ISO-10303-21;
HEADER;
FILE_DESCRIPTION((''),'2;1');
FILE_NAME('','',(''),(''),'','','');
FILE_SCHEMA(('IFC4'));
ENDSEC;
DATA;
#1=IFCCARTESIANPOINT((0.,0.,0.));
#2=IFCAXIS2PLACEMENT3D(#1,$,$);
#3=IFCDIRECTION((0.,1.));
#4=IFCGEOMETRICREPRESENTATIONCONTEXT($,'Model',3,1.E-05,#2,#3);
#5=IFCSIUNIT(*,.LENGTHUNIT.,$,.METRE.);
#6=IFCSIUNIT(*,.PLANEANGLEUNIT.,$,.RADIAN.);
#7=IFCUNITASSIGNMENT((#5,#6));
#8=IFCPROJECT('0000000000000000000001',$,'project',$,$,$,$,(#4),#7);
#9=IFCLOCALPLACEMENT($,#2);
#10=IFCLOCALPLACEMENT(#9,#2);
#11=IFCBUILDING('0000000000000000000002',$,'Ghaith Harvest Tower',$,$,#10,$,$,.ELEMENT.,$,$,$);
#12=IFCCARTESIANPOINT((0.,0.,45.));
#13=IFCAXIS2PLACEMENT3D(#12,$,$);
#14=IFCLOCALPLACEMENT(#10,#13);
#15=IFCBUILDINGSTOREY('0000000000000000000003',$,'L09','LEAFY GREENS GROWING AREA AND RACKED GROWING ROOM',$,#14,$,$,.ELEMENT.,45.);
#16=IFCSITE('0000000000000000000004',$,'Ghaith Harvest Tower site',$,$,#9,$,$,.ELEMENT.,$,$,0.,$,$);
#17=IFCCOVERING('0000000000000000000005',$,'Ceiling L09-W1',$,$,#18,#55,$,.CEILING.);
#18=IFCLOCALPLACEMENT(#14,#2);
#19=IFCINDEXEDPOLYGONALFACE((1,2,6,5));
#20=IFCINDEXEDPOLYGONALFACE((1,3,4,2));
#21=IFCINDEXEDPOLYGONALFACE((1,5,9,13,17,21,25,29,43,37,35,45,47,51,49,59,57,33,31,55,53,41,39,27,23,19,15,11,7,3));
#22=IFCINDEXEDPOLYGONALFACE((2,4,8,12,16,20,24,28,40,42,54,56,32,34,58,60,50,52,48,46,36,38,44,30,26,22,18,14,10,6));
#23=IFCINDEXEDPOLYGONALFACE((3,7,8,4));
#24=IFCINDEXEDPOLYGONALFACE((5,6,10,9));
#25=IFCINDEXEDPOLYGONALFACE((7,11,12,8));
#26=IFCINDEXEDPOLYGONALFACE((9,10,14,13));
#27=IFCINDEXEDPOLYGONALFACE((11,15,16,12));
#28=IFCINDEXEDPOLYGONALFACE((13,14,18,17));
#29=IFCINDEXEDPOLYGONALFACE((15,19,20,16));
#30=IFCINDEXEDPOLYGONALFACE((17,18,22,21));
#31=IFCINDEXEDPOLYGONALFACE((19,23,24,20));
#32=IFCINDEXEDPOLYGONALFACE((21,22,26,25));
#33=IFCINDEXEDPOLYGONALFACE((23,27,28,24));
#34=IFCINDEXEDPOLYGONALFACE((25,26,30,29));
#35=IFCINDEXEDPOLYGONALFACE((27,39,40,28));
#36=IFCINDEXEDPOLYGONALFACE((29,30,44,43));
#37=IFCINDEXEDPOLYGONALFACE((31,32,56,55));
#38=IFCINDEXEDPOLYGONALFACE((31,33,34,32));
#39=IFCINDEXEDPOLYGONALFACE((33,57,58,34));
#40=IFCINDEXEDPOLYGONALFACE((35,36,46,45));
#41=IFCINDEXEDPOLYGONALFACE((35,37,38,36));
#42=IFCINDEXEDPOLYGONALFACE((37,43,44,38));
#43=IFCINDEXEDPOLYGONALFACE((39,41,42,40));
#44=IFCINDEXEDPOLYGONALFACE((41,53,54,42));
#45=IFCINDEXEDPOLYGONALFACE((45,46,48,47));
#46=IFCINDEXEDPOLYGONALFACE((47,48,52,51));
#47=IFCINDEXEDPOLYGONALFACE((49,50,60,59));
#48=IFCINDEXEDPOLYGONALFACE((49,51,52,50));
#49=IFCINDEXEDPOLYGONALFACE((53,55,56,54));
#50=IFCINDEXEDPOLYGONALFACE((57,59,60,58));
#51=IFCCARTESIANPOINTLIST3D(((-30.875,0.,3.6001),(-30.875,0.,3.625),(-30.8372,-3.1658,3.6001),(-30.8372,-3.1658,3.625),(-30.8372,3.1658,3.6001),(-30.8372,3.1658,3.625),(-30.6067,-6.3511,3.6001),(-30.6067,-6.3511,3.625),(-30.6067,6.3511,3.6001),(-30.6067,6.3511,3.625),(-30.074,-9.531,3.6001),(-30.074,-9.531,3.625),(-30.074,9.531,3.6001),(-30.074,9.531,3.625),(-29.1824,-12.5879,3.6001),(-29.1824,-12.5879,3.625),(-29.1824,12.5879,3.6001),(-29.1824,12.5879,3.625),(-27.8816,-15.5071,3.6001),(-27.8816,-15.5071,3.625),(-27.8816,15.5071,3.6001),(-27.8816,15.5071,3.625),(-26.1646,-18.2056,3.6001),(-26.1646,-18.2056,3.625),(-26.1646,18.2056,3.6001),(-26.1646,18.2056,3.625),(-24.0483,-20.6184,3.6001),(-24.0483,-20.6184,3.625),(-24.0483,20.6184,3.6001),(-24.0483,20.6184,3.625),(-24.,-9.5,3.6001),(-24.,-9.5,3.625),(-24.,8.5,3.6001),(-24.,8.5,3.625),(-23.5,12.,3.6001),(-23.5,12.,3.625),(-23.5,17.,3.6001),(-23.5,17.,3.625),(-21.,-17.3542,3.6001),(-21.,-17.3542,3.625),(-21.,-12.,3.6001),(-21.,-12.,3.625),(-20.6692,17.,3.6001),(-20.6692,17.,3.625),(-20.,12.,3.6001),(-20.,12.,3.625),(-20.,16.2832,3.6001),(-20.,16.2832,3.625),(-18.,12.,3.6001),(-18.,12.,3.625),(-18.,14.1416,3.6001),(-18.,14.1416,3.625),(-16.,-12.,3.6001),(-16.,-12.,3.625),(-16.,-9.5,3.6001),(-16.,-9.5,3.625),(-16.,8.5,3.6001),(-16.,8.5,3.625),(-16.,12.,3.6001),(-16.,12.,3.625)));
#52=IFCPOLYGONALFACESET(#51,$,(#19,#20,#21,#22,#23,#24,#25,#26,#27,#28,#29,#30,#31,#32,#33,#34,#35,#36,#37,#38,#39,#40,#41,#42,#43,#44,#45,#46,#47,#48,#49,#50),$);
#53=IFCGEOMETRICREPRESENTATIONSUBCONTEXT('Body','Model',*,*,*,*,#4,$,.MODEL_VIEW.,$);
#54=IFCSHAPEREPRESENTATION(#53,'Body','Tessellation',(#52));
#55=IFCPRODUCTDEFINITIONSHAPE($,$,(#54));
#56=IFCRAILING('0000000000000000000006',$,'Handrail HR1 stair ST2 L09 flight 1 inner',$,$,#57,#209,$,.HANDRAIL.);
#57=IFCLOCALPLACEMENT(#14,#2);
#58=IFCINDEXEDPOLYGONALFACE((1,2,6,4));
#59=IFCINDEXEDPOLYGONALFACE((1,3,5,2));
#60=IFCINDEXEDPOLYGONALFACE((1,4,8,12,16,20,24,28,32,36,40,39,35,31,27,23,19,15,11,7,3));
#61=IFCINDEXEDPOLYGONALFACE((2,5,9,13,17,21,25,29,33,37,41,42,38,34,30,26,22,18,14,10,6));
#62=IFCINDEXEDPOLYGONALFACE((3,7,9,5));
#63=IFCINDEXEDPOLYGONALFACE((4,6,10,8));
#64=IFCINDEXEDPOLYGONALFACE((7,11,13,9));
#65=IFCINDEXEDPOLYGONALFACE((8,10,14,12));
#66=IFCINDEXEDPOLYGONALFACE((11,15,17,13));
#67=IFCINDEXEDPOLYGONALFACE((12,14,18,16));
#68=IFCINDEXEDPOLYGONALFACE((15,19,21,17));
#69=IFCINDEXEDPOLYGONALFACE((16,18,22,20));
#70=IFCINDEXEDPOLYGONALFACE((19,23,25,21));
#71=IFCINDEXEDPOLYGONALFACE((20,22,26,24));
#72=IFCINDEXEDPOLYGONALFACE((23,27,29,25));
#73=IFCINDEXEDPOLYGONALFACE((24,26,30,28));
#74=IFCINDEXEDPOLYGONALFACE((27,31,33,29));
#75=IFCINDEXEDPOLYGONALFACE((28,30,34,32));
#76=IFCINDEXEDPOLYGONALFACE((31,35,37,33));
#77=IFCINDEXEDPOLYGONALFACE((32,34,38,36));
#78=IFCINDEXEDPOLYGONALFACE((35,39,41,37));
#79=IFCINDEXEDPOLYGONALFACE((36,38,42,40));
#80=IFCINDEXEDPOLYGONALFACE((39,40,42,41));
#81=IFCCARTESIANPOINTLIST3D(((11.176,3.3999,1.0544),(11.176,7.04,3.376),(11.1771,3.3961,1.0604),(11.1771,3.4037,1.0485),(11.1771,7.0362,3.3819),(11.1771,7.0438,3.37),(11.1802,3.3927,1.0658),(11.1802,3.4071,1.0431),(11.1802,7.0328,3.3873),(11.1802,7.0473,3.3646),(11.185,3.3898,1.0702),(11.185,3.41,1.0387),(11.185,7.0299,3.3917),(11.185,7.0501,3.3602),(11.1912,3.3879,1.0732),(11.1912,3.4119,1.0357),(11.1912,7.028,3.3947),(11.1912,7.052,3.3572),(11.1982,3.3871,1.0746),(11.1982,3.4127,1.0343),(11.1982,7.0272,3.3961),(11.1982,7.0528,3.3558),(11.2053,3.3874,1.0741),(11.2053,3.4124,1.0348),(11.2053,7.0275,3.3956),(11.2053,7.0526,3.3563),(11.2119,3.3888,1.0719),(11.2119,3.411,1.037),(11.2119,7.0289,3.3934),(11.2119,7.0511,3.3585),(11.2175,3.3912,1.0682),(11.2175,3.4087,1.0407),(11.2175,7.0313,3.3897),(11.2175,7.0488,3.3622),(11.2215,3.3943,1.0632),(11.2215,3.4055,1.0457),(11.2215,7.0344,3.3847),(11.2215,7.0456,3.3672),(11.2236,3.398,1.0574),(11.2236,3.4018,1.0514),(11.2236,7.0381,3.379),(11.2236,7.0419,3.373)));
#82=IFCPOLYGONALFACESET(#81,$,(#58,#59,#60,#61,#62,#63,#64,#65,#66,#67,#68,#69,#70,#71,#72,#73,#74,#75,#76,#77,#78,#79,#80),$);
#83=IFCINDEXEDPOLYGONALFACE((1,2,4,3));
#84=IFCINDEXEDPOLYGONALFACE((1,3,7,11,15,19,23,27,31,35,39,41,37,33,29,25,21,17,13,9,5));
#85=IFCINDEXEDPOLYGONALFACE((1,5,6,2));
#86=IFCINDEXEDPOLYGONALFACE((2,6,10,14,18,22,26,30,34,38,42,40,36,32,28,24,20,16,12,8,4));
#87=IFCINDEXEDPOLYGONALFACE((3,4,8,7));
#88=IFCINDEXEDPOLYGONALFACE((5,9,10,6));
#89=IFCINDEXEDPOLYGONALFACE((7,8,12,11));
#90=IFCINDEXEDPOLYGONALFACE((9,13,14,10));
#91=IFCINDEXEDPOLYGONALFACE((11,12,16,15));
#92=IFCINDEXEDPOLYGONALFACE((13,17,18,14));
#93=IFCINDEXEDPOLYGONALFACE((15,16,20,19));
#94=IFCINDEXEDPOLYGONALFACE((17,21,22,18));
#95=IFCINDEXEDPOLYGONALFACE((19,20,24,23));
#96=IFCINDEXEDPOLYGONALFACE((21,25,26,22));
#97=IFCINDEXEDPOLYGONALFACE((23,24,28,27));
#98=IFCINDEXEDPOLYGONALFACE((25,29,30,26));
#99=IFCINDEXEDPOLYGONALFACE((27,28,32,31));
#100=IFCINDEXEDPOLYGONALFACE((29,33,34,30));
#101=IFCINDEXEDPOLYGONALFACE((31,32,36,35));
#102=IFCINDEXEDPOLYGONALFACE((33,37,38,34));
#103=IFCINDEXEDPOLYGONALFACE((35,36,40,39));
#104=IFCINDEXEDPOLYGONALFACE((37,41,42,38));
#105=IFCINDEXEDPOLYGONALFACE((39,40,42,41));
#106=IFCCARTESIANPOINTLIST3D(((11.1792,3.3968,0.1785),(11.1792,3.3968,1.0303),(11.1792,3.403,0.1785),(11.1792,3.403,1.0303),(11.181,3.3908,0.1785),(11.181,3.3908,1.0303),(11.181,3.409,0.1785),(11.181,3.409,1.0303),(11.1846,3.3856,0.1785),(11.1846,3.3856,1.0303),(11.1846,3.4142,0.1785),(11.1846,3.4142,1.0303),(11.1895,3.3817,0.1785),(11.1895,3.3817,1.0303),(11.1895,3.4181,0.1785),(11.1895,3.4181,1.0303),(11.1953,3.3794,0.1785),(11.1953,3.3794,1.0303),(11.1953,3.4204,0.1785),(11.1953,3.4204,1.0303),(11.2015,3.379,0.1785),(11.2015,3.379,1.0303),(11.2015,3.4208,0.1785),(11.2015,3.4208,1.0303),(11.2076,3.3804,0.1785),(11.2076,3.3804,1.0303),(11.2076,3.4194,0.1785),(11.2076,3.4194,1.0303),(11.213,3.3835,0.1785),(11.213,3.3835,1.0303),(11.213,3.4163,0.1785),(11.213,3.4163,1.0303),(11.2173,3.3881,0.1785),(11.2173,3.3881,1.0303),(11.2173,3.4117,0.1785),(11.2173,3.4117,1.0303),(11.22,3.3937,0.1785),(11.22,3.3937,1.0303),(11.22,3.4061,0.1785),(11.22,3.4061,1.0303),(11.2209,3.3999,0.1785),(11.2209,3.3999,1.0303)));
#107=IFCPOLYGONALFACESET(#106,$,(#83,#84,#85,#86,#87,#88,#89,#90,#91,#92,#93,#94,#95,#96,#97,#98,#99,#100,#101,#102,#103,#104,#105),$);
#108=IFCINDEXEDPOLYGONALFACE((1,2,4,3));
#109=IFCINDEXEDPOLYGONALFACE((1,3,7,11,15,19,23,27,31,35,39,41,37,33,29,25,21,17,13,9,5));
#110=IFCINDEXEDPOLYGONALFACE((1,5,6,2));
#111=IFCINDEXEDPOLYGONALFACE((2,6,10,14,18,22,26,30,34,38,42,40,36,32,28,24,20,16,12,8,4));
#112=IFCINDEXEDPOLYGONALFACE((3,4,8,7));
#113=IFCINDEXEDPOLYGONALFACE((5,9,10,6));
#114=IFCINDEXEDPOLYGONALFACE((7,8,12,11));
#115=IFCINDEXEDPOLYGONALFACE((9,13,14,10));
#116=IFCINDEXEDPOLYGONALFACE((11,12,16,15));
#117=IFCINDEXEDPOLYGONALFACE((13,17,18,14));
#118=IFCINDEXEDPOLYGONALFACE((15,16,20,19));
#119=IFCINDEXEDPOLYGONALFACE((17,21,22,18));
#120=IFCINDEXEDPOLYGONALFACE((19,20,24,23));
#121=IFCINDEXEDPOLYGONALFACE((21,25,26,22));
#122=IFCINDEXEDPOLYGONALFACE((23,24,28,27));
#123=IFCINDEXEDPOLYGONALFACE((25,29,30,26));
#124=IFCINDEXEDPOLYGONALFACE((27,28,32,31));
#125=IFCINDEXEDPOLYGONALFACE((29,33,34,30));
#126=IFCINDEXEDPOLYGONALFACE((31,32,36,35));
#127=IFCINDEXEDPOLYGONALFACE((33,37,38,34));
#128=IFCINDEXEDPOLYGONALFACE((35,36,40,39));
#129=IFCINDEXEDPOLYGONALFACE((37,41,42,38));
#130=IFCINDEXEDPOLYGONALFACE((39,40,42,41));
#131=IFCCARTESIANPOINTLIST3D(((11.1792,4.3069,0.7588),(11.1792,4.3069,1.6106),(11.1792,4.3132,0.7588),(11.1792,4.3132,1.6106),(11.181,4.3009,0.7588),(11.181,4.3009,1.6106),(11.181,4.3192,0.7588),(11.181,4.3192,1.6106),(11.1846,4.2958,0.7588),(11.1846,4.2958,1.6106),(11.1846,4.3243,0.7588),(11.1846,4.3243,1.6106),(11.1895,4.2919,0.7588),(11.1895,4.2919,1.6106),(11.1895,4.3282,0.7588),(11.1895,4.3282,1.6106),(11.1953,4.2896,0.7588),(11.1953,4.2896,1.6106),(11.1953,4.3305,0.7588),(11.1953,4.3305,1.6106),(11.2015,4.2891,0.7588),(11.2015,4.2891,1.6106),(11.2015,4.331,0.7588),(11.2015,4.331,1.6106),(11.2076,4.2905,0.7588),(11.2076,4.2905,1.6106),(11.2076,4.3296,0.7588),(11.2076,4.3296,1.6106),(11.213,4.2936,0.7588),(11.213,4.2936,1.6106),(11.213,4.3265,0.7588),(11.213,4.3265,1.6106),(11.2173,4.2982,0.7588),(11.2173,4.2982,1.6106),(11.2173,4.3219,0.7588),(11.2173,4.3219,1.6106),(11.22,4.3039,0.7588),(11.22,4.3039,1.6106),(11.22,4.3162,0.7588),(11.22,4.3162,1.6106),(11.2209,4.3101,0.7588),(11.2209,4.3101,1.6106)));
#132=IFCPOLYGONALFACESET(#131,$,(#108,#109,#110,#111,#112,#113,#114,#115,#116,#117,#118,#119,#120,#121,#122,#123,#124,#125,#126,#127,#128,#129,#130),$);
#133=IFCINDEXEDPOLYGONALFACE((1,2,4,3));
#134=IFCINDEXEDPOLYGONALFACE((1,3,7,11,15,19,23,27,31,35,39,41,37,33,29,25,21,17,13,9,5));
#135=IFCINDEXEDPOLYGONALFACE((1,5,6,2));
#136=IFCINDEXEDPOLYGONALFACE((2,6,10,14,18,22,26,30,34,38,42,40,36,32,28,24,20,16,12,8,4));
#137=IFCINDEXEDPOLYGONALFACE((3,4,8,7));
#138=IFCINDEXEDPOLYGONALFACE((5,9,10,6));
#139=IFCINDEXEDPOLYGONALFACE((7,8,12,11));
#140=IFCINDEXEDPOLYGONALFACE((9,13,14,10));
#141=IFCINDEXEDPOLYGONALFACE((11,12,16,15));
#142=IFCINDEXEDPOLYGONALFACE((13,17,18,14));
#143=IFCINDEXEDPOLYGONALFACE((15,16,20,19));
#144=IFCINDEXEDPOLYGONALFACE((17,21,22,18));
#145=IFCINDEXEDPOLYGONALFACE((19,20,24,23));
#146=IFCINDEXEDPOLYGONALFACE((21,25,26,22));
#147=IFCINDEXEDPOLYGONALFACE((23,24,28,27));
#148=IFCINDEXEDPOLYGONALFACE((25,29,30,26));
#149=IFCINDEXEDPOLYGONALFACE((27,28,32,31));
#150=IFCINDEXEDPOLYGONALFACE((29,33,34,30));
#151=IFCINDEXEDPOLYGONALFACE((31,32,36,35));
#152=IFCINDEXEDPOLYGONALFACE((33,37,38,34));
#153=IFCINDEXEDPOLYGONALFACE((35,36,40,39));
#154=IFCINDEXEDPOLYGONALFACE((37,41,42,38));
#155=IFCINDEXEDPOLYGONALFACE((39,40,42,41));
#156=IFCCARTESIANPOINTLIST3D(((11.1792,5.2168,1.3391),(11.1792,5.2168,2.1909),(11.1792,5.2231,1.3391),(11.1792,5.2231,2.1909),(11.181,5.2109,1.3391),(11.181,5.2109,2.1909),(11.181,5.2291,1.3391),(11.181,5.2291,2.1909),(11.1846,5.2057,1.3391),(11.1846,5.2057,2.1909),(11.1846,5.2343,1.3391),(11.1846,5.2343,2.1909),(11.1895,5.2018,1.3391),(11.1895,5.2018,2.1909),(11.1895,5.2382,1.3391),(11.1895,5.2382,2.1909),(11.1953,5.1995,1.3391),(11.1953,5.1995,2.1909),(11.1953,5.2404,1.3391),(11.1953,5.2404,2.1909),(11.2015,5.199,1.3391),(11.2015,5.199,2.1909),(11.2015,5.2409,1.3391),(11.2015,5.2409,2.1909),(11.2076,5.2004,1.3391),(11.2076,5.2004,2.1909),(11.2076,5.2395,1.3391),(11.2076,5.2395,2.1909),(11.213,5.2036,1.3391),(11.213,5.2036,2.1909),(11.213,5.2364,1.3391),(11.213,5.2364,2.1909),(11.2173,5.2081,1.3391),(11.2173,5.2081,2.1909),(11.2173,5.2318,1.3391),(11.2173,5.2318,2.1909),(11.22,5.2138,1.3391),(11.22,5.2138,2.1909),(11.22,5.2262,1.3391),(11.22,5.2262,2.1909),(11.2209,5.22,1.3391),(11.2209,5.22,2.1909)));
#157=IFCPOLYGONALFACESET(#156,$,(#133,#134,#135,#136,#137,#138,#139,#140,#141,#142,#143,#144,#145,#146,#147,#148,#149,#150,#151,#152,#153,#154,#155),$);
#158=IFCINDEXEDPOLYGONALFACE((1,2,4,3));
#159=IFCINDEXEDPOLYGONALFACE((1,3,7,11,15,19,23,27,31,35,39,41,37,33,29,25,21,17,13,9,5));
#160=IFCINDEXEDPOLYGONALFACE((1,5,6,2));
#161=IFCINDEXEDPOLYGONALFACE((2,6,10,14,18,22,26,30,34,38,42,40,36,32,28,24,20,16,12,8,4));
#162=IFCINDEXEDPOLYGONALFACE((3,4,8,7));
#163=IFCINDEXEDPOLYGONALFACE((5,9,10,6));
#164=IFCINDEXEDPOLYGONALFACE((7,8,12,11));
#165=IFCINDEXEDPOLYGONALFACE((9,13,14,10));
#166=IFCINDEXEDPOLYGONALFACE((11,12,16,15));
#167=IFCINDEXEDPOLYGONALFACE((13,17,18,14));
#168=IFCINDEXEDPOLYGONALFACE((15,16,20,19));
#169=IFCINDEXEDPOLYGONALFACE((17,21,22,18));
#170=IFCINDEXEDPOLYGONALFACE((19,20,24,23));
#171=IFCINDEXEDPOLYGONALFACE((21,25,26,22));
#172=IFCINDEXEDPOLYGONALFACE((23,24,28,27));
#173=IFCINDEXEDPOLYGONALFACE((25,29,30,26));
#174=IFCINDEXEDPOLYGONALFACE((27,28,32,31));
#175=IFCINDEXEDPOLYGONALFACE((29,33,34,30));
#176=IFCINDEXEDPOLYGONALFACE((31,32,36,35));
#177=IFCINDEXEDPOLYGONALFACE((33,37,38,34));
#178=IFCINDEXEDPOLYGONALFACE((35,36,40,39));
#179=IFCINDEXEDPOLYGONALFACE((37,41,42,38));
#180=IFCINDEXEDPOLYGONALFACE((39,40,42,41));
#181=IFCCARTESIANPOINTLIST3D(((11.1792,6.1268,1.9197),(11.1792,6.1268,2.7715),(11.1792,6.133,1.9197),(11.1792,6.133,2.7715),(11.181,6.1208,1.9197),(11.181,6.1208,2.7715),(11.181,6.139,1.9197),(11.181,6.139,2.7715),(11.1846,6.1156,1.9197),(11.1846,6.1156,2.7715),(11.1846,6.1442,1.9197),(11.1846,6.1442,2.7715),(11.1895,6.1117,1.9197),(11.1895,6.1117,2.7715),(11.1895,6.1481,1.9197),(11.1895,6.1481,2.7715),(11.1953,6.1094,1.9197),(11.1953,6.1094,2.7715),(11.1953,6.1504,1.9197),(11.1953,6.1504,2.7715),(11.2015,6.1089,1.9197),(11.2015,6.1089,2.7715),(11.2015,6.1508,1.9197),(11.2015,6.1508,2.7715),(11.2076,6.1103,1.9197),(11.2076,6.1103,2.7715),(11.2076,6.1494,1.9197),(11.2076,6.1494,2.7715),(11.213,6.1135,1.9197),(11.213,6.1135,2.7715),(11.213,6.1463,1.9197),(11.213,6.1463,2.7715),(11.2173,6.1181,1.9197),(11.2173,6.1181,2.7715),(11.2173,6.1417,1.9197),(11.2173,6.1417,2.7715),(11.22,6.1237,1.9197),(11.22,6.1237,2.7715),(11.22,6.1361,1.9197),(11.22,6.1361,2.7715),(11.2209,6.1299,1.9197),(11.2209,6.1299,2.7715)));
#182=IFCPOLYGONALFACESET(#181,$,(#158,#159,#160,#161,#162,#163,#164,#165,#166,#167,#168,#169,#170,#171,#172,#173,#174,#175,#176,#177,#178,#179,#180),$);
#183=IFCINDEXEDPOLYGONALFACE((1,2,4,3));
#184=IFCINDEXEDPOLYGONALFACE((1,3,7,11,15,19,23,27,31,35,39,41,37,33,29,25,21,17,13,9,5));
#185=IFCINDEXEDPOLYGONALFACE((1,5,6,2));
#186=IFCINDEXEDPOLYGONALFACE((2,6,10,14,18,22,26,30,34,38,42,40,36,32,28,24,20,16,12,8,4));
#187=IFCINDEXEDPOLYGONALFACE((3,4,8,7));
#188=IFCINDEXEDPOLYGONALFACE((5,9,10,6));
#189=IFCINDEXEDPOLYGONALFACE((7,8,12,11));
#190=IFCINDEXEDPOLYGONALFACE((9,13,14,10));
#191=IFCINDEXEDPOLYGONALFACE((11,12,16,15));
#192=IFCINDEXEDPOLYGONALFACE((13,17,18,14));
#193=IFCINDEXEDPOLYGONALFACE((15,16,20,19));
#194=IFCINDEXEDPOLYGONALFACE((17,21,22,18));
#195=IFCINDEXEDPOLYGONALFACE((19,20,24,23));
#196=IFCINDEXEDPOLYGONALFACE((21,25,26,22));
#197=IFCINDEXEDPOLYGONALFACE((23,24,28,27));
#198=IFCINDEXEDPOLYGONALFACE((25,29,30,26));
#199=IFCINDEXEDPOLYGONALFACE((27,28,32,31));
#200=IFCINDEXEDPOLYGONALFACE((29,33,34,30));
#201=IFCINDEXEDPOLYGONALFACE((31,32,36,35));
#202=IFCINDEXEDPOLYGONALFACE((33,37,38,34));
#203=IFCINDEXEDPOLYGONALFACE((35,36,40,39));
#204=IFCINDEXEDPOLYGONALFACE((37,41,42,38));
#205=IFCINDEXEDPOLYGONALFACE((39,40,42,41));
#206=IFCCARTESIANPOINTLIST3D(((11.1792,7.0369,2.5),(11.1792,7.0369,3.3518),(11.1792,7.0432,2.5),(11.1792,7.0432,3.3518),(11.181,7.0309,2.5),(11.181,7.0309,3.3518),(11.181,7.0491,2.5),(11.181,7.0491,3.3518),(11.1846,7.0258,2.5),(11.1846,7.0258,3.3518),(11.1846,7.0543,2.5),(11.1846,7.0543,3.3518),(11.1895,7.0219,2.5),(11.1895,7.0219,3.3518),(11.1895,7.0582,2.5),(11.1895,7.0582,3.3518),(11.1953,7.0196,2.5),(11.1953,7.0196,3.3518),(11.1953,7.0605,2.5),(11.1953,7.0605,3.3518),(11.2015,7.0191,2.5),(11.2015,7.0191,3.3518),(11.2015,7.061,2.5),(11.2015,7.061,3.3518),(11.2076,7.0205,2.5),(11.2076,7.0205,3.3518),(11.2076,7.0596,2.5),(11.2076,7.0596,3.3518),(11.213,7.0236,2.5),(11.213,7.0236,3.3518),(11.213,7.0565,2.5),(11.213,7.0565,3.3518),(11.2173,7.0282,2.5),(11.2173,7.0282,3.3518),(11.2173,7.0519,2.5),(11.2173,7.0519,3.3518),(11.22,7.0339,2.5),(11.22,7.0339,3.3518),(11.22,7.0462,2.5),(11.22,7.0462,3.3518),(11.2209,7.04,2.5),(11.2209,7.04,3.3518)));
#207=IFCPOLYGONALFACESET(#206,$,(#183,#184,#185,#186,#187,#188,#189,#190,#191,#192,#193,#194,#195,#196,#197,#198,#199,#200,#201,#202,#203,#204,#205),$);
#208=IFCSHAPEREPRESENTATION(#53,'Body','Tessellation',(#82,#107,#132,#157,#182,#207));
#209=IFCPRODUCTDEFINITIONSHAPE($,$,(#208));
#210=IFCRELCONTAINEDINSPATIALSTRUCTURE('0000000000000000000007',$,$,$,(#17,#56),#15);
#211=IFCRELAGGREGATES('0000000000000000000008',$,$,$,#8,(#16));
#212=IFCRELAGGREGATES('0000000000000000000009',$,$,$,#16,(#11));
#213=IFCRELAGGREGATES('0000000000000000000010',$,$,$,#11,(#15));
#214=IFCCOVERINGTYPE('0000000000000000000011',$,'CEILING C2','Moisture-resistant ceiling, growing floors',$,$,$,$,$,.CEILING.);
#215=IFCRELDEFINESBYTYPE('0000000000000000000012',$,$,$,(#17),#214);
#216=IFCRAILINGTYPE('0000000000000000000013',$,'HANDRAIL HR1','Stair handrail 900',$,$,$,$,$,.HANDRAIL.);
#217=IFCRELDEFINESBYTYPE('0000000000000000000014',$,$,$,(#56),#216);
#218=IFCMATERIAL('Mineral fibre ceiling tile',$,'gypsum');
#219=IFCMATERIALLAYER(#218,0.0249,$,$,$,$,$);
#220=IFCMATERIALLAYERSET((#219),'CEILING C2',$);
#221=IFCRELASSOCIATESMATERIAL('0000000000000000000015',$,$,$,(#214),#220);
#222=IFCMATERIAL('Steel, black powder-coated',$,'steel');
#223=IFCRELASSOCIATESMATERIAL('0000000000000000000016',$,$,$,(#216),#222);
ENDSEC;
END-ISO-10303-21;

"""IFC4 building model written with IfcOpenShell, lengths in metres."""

from ifc_helpers import new_model, si_unit, direction, frame, origin, origin_2d, place, context, subcontext, project, spatial, polyline, circle, outline, extrude, material, layer, layer_set, type_object, element, save


model = new_model("IFC4")

# Units and contexts
model_context = context("Model", 3, precision=1e-05, world=origin(), true_north=direction((0.0, 1.0)))
body_context = subcontext(model_context, "Body", "Model", "MODEL_VIEW")
ifc_project = project(units=[si_unit("LENGTHUNIT", "METRE"), si_unit("PLANEANGLEUNIT", "RADIAN")], contexts=[model_context])

# Site, building, storey
site_placement = place(None, origin())
site = spatial("IfcSite", under=ifc_project, at=site_placement, Name="Ghaith Harvest Tower site", CompositionType="ELEMENT", RefElevation=0.0)
building_placement = place(site_placement, origin())
building = spatial("IfcBuilding", under=site, at=building_placement, Name="Ghaith Harvest Tower", CompositionType="ELEMENT")
storey_placement = place(building_placement, frame((0.0, 0.0, 45.0)))
storey = spatial("IfcBuildingStorey", under=building, at=storey_placement, Name="L09", Description="LEAFY GREENS GROWING AREA AND RACKED GROWING ROOM", CompositionType="ELEMENT", Elevation=45.0)

# Covering
ifc_material_1 = material(Name="Mineral fibre ceiling tile", Category="gypsum")
ifc_layer_1 = layer(ifc_material_1, 0.0249)
ifc_layer_set_1 = layer_set([ifc_layer_1], Name="CEILING C2")
covering_type = type_object("IfcCoveringType", Name="CEILING C2", Description="Moisture-resistant ceiling, growing floors", PredefinedType="CEILING", material=ifc_layer_set_1)
covering_1_placement = place(storey_placement, frame((0.0, 0.0, 3.6001)))
element("IfcCovering", 1, at=covering_1_placement, inside=storey, type_object=covering_type, Name="Ceiling L09-W1", PredefinedType="CEILING", context=body_context, shape_type="SweptSolid", body=[
    extrude(outline(polyline([(-26.1646, -18.2056), (-27.8816, -15.5071), (-29.1824, -12.5879), (-30.074, -9.531), (-30.6067, -6.3511), (-30.8372, -3.1658), (-30.875, 0.0), (-30.8372, 3.1658), (-30.6067, 6.3511), (-30.074, 9.531), (-29.1824, 12.5879), (-27.8816, 15.5071), (-26.1646, 18.2056), (-24.0483, 20.6184), (-20.6692, 17.0), (-23.5, 17.0), (-23.5, 12.0), (-20.0, 12.0), (-20.0, 16.2832), (-18.0, 14.1416), (-18.0, 12.0), (-16.0, 12.0), (-16.0, 8.5), (-24.0, 8.5), (-24.0, -9.5), (-16.0, -9.5), (-16.0, -12.0), (-21.0, -12.0), (-21.0, -17.3542), (-24.0483, -20.6184), (-26.1646, -18.2056)])), origin(), (0.0, 0.0, 1.0), 0.0249),
])

# Railing
ifc_material_2 = material(Name="Steel, black powder-coated", Category="steel")
railing_type = type_object("IfcRailingType", Name="HANDRAIL HR1", Description="Stair handrail 900", PredefinedType="HANDRAIL", material=ifc_material_2)
railing_1_placement = place(storey_placement, frame((11.2, 3.3999, 0.1785)))
element("IfcRailing", 2, at=railing_1_placement, inside=storey, type_object=railing_type, Name="Handrail HR1 stair ST2 L09 flight 1 inner", PredefinedType="HANDRAIL", context=body_context, shape_type="SweptSolid", body=[
    extrude(circle(Radius=0.0239, at=origin_2d()), frame((0.0, 0.0, 0.876), z_axis=(0.0, 0.843128, 0.537713), x_axis=(-1.0, 0.0, 0.0)), (0.0, 0.0, 1.0), 4.3174),
    extrude(circle(Radius=0.021, at=origin_2d()), origin(), (0.0, 0.0, 1.0), 0.8518),
    extrude(circle(Radius=0.021, at=origin_2d()), frame((0.0, 0.9102, 0.5803)), (0.0, 0.0, 1.0), 0.8518),
    extrude(circle(Radius=0.021, at=origin_2d()), frame((0.0, 1.8201, 1.1606)), (0.0, 0.0, 1.0), 0.8518),
    extrude(circle(Radius=0.021, at=origin_2d()), frame((0.0, 2.73, 1.7412)), (0.0, 0.0, 1.0), 0.8518),
    extrude(circle(Radius=0.021, at=origin_2d()), frame((0.0, 3.6401, 2.3215)), (0.0, 0.0, 1.0), 0.8518),
])

save(model, "model.ifc")
